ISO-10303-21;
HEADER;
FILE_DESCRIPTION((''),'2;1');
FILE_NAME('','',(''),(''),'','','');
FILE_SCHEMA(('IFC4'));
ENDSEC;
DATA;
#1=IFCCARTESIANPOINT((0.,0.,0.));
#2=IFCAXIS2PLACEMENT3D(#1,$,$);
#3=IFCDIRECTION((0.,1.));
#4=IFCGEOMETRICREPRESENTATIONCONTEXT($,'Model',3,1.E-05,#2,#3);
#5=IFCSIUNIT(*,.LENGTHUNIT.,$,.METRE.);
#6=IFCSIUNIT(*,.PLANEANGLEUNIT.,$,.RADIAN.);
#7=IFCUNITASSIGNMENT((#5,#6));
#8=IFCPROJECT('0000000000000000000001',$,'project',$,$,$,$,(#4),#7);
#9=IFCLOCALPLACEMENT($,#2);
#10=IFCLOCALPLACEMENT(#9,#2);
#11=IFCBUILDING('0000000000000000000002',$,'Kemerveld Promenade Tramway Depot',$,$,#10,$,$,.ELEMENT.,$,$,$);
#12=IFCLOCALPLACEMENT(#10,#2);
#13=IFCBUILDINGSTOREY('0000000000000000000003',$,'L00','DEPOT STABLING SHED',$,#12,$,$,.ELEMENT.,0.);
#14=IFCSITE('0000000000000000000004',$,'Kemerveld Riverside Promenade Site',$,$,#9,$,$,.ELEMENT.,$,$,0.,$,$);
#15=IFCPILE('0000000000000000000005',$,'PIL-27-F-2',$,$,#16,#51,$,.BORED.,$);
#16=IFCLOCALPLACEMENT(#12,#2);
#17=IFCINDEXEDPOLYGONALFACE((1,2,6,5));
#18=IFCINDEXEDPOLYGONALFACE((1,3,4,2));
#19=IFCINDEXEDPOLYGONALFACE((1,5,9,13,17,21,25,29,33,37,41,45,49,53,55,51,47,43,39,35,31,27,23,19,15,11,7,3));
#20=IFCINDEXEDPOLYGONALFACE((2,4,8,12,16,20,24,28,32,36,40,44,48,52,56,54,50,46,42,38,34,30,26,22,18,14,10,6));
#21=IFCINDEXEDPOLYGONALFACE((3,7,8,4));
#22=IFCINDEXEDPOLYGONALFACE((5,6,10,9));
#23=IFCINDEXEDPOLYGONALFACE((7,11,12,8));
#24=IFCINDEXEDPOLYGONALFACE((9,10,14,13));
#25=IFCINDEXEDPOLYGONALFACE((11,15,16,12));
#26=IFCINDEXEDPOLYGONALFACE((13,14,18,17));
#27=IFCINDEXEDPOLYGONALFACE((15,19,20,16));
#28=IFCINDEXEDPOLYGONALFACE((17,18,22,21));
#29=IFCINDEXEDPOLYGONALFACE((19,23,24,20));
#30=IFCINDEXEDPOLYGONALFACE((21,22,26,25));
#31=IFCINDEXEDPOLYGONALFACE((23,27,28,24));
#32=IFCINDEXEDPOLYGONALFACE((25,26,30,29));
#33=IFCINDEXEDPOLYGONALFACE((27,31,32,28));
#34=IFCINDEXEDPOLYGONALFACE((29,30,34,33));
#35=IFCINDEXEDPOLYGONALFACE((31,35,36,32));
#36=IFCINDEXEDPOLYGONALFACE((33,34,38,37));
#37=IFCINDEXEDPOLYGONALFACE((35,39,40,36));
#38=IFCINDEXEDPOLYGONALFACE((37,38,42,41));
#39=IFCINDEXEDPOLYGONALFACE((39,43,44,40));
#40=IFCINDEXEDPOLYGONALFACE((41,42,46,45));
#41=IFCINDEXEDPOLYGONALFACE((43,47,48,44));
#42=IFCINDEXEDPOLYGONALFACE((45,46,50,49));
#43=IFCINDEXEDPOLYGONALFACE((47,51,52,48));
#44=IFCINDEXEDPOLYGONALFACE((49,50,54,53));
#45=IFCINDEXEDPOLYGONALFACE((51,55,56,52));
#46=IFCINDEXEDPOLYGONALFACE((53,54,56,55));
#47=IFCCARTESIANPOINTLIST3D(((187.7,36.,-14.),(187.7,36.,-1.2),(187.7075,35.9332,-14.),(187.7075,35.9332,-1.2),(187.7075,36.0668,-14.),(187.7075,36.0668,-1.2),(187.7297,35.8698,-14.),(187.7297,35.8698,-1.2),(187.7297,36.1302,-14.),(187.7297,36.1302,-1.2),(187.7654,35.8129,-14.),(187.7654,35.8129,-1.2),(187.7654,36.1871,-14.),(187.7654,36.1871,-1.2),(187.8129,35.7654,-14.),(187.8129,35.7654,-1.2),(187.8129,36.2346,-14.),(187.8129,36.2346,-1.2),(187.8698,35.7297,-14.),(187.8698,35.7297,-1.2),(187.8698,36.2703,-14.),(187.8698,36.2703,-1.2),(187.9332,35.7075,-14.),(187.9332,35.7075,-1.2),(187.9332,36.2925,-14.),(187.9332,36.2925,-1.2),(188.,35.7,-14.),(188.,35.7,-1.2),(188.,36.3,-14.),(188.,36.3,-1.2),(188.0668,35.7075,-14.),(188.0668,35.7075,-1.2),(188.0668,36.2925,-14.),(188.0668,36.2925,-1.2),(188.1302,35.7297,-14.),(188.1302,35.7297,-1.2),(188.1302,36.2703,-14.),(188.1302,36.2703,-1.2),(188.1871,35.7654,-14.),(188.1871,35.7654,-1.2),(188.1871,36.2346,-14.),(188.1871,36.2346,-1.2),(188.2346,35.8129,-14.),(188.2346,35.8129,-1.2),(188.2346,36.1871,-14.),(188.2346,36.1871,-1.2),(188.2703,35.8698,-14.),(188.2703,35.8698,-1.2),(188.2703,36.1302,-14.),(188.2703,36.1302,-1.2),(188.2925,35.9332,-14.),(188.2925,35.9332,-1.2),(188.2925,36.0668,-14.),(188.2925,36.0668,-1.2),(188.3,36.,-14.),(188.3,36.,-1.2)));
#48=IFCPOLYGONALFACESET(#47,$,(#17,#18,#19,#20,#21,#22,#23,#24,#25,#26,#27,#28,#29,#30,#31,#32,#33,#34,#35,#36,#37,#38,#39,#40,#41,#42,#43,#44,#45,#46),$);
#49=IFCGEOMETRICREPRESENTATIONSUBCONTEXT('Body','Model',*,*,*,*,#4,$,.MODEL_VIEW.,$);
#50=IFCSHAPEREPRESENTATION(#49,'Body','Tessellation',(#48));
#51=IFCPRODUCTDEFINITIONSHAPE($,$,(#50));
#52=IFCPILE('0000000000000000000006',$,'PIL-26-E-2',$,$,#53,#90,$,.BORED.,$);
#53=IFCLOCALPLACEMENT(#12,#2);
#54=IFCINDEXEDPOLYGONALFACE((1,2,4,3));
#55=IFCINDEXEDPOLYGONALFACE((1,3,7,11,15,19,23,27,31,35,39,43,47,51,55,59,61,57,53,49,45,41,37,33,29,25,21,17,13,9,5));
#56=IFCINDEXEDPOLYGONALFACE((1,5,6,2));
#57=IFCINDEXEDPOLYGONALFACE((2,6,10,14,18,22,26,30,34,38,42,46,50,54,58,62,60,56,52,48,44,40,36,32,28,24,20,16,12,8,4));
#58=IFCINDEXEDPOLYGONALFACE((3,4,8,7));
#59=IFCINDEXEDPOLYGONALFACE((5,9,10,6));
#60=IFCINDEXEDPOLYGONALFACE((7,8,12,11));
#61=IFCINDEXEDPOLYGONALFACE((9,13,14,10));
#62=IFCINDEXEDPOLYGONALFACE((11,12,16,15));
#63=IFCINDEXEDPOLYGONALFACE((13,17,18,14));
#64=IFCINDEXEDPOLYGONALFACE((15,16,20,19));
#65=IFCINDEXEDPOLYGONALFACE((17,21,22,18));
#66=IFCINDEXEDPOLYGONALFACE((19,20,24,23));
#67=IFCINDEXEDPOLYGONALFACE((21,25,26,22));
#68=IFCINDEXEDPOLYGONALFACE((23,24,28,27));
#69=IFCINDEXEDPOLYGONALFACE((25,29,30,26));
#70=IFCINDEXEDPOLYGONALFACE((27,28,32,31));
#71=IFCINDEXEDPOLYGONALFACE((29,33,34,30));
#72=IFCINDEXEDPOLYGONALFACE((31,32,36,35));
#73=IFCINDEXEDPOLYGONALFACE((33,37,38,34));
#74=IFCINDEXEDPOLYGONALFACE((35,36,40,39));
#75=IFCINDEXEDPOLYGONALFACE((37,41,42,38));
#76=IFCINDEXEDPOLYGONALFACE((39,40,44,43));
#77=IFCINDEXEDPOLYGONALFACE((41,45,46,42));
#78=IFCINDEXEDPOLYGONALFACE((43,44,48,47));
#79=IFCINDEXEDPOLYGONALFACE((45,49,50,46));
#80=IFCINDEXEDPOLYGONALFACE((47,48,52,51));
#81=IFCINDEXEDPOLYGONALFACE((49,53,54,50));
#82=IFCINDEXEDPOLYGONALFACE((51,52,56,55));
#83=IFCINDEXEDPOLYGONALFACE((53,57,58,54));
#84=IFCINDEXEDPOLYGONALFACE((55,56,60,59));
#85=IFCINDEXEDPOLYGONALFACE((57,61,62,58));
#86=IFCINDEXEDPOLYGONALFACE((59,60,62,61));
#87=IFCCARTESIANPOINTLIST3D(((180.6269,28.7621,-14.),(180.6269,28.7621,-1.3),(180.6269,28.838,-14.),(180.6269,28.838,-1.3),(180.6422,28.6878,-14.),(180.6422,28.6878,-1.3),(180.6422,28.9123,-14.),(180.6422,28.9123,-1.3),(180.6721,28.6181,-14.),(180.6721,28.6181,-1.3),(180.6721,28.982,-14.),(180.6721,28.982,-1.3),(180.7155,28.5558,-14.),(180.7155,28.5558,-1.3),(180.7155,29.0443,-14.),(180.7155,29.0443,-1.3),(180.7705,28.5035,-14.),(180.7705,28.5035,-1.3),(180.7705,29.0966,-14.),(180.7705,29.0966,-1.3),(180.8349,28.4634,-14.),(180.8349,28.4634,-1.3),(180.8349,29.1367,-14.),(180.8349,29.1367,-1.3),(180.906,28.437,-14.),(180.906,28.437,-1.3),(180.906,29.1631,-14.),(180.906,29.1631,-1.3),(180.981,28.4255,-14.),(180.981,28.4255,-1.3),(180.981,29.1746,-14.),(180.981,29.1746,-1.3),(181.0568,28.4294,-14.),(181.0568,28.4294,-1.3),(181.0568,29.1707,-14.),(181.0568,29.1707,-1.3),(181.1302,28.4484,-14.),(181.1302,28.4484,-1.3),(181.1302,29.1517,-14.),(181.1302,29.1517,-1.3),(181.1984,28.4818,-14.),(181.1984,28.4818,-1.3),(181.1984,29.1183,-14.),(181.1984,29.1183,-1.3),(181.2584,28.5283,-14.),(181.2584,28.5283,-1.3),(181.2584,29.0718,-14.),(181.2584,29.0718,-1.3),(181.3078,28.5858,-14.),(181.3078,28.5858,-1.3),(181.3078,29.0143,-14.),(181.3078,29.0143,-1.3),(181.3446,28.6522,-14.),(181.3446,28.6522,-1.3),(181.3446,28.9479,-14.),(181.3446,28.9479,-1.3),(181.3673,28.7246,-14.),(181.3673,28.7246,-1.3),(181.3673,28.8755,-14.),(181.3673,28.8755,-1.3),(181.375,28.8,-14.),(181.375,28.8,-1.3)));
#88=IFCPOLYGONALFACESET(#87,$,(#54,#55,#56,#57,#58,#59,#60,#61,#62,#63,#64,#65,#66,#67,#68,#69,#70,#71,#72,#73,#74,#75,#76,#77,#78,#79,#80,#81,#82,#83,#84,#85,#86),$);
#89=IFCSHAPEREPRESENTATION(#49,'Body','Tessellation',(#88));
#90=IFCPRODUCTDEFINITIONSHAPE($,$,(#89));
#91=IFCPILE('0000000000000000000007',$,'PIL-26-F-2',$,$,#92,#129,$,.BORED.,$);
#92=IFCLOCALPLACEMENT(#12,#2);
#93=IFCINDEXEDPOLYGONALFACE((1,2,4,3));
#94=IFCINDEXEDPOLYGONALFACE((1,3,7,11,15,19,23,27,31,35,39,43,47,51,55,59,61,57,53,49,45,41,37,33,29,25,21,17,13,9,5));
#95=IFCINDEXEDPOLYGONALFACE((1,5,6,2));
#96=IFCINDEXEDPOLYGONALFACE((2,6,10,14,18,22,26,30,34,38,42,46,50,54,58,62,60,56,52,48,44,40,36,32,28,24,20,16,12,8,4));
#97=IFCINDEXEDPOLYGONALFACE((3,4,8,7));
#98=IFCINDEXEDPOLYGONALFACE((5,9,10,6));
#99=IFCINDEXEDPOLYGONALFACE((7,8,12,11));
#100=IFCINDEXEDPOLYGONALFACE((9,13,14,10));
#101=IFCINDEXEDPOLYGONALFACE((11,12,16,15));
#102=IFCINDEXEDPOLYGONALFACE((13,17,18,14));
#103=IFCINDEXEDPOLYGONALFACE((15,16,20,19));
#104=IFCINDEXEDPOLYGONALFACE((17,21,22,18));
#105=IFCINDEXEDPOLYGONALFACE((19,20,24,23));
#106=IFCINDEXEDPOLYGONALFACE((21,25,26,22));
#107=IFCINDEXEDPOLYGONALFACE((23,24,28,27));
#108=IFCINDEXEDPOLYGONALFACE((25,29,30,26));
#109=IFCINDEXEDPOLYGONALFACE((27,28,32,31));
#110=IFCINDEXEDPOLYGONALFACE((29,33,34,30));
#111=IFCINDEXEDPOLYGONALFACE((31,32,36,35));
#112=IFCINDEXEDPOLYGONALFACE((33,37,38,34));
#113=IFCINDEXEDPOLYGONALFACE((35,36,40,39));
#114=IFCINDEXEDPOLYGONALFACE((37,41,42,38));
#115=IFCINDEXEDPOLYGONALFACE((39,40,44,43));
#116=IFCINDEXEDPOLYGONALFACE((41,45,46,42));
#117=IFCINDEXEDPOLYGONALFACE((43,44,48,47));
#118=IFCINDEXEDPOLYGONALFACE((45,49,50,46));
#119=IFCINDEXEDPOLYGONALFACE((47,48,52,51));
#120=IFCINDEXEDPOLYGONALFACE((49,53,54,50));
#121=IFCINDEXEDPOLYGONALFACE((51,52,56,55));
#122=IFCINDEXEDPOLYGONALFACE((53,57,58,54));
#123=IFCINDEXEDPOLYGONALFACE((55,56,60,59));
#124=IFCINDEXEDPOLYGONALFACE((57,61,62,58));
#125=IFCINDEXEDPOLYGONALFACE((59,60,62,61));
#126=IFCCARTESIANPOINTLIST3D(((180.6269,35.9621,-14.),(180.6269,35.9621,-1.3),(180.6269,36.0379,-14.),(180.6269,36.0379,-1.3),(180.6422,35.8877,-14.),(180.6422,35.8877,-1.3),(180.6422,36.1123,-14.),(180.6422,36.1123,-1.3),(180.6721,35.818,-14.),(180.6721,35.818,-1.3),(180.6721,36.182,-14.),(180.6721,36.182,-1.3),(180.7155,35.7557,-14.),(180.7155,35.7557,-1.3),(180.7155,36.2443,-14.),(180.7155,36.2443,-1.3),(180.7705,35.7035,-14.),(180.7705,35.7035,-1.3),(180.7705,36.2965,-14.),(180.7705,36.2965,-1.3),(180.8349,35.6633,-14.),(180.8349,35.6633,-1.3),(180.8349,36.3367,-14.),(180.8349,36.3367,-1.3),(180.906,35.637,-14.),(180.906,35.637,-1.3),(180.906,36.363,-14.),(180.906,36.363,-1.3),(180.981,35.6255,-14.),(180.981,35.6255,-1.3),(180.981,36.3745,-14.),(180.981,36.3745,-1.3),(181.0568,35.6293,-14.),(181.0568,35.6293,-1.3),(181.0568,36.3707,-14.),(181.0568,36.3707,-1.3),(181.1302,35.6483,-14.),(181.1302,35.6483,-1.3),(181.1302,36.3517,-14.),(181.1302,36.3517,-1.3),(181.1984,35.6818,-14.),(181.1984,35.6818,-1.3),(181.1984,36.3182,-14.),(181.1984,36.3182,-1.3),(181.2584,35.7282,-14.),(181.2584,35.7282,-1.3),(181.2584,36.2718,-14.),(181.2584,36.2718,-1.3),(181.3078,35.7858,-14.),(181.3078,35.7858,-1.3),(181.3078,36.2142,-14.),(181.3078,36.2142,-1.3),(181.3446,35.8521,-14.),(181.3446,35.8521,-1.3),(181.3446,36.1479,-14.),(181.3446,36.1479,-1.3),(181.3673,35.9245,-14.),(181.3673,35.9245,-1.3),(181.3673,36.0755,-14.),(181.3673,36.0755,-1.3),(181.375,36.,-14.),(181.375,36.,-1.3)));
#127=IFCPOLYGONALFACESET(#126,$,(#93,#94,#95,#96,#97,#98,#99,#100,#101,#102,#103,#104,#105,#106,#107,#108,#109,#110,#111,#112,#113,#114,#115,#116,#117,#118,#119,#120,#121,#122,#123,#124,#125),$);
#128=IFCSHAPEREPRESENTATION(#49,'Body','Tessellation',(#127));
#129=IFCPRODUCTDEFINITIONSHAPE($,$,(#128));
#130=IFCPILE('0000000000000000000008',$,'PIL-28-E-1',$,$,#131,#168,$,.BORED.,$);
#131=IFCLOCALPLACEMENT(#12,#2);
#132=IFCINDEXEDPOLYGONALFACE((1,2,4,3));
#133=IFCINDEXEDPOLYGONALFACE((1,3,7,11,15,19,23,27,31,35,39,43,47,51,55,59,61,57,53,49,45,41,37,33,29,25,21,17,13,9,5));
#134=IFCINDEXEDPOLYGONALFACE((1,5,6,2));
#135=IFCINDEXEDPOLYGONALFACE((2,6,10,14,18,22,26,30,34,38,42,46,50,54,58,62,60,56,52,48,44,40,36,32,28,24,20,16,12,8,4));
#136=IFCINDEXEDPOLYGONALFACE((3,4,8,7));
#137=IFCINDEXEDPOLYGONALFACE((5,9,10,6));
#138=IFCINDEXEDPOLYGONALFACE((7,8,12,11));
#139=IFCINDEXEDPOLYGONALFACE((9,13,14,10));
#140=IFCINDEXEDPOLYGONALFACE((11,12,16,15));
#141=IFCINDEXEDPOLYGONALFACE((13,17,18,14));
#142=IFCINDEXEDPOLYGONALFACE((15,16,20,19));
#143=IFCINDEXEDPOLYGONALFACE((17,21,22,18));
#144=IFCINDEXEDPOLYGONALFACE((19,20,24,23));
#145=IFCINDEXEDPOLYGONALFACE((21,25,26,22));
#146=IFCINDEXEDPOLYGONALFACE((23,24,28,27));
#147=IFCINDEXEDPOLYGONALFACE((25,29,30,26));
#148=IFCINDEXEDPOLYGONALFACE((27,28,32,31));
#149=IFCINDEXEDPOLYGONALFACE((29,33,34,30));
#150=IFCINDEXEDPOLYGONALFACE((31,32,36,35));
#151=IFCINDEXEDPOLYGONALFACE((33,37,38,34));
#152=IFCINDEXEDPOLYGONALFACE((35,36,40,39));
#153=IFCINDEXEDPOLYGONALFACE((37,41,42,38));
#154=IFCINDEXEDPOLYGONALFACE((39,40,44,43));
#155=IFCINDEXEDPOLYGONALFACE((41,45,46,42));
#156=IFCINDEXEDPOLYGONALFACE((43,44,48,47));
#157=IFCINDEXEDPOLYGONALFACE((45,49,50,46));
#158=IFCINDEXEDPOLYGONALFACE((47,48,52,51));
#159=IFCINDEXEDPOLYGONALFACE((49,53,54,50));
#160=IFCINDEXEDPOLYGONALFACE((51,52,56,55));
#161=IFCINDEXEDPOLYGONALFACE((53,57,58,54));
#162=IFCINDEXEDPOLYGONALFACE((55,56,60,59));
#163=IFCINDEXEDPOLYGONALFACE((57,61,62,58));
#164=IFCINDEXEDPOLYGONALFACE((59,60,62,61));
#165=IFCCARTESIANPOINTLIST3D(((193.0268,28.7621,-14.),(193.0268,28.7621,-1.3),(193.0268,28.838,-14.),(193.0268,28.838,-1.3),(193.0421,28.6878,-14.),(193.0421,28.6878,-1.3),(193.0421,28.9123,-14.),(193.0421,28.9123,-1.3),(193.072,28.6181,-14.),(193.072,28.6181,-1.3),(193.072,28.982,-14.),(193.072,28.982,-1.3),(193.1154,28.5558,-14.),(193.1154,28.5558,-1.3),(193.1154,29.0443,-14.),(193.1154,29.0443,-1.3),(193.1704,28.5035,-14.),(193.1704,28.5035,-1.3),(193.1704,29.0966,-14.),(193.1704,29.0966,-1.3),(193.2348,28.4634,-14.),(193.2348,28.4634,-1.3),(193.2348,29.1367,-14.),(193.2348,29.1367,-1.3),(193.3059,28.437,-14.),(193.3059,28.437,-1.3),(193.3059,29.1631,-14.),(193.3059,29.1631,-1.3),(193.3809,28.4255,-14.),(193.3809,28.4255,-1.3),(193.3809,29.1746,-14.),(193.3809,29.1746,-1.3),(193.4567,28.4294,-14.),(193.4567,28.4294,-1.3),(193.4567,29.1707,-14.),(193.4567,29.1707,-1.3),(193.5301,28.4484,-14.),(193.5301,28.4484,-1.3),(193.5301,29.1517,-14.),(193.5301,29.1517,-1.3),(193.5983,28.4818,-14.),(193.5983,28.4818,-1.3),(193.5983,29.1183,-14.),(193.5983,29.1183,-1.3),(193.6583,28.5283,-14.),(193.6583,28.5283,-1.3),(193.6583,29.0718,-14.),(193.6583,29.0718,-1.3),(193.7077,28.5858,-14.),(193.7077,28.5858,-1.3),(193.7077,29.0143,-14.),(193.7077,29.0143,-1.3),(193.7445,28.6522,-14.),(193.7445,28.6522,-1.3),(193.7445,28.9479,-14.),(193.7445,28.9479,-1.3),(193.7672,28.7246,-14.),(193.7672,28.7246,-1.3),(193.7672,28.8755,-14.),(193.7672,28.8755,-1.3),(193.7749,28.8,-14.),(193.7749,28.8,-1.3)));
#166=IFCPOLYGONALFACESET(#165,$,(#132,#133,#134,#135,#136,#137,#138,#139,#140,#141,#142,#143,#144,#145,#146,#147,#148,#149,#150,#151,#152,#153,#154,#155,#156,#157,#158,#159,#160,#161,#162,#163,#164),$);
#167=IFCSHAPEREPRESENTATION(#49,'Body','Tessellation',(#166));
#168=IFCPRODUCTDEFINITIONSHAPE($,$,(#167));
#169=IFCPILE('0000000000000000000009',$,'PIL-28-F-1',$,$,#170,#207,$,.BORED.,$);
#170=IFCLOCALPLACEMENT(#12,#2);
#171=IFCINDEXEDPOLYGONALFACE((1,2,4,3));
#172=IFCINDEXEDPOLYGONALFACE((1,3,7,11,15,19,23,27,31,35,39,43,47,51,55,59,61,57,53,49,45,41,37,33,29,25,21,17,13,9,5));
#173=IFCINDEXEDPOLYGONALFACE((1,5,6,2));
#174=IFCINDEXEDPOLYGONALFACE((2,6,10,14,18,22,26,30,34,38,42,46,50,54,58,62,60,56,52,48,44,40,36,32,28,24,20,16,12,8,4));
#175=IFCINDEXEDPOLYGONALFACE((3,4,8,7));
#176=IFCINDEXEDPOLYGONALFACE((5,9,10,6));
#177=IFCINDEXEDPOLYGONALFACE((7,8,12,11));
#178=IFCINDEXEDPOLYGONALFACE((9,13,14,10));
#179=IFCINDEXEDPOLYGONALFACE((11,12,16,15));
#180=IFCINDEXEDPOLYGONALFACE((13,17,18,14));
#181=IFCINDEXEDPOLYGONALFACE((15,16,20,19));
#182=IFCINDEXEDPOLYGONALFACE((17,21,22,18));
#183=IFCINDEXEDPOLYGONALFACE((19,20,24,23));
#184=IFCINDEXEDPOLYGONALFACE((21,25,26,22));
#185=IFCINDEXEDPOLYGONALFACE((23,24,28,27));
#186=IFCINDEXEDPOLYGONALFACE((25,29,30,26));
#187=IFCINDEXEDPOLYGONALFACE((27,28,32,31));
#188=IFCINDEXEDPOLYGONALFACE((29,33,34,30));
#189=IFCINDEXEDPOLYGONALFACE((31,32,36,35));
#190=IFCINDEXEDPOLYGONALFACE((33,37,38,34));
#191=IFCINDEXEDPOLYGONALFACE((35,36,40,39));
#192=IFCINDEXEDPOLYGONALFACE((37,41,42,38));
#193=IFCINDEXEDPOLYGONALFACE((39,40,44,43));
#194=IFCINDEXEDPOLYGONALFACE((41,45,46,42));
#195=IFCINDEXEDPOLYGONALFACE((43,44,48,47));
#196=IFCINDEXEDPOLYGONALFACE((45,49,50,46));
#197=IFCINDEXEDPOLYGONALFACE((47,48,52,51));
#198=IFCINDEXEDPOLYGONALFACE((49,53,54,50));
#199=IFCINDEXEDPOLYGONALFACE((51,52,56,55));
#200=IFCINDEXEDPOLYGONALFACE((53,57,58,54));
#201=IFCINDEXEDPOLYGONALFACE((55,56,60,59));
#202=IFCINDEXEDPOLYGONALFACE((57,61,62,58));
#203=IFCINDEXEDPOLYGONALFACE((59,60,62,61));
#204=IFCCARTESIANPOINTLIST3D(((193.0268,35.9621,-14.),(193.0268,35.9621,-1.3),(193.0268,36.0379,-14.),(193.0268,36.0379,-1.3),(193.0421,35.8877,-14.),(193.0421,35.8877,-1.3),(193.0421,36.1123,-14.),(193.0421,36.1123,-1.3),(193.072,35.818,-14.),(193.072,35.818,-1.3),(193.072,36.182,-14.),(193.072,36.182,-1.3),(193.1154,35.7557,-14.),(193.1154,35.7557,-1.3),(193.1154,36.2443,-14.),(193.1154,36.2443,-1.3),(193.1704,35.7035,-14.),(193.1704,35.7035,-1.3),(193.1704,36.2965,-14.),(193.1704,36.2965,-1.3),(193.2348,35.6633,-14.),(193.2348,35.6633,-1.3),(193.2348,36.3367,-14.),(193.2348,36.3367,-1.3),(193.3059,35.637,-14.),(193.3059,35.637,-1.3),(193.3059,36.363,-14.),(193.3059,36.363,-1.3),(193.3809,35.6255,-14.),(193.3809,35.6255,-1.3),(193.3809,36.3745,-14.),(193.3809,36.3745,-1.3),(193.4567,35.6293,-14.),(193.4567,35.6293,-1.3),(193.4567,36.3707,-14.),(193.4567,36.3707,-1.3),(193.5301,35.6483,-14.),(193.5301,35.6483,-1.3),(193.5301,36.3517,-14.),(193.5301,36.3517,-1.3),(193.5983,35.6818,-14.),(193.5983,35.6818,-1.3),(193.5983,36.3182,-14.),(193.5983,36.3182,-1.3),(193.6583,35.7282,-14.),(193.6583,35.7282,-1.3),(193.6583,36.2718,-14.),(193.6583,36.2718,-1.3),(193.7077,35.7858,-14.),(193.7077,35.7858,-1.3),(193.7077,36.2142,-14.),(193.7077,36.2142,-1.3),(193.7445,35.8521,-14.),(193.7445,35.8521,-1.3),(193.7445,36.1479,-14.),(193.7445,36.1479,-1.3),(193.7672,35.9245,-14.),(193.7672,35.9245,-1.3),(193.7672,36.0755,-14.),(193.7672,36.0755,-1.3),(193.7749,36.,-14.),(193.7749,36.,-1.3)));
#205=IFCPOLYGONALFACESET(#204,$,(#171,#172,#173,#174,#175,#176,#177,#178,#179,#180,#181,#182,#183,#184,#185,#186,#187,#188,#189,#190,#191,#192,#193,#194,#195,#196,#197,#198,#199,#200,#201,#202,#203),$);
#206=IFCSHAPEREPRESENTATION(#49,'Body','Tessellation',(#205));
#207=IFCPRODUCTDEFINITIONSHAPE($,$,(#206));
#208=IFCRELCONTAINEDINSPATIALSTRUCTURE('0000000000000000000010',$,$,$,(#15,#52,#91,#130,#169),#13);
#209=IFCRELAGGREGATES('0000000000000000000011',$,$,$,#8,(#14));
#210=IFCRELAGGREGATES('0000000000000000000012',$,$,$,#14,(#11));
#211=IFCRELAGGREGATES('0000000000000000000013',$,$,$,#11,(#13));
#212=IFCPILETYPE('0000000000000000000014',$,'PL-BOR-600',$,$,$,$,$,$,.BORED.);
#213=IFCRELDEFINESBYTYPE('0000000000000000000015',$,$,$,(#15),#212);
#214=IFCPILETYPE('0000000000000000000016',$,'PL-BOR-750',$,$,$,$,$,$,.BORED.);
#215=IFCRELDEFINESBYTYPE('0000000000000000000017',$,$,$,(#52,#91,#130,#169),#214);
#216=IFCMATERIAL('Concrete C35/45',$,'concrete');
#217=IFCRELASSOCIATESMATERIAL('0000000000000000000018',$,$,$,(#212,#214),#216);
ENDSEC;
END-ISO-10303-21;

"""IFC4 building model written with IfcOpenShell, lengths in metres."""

from ifc_helpers import new_model, si_unit, direction, frame, origin, origin_2d, place, context, subcontext, project, spatial, circle, extrude, material, material_profile, profile_set, type_object, element, save


model = new_model("IFC4")

# Units and contexts
model_context = context("Model", 3, precision=1e-05, world=origin(), true_north=direction((0.0, 1.0)))
body_context = subcontext(model_context, "Body", "Model", "MODEL_VIEW")
ifc_project = project(units=[si_unit("LENGTHUNIT", "METRE"), si_unit("PLANEANGLEUNIT", "RADIAN")], contexts=[model_context])

# Site, building, storey
site_placement = place(None, origin())
site = spatial("IfcSite", under=ifc_project, at=site_placement, Name="Kemerveld Riverside Promenade Site", CompositionType="ELEMENT", RefElevation=0.0)
building_placement = place(site_placement, origin())
building = spatial("IfcBuilding", under=site, at=building_placement, Name="Kemerveld Promenade Tramway Depot", CompositionType="ELEMENT")
storey_placement = place(building_placement, origin())
storey = spatial("IfcBuildingStorey", under=building, at=storey_placement, Name="L00", Description="DEPOT STABLING SHED", CompositionType="ELEMENT", Elevation=0.0)

# Shared definitions
ifc_material_1 = material(Name="Concrete C35/45", Category="concrete")

# Piles
ifc_material_profile_1 = material_profile(ifc_material_1, circle(Radius=0.3, at=origin_2d()), Name="PILE-D600")
ifc_profile_set_1 = profile_set([ifc_material_profile_1], Name="Concrete C35/45")
pile_type_1 = type_object("IfcPileType", Name="PL-BOR-600", PredefinedType="BORED", material=ifc_profile_set_1)
for number, where, z_axis, x_axis, name in (
    (1, (188.0, 36.0, -1.2), (0.0, 0.0, -1.0), (1.0, 0.0, 0.0), "PIL-27-F-2"),
):
    element("IfcPile", number, at=place(storey_placement, frame(where, z_axis=z_axis, x_axis=x_axis)), inside=storey, type_object=pile_type_1, Name=name, PredefinedType="BORED", context=body_context, shape_type="SweptSolid", body=[
        extrude(circle(Radius=0.3, at=origin_2d()), origin(), (0.0, 0.0, 1.0), 12.8),
    ])
ifc_material_profile_2 = material_profile(ifc_material_1, circle(Radius=0.375, at=origin_2d()), Name="PILE-D750")
ifc_profile_set_2 = profile_set([ifc_material_profile_2], Name="Concrete C35/45")
pile_type_2 = type_object("IfcPileType", Name="PL-BOR-750", PredefinedType="BORED", material=ifc_profile_set_2)
for number, where, z_axis, x_axis, name in (
    (2, (181.0, 28.8, -1.3), (0.0, 0.0, -1.0), (1.0, 0.0, 0.0), "PIL-26-E-2"),
    (3, (181.0, 36.0, -1.3), (0.0, 0.0, -1.0), (1.0, 0.0, 0.0), "PIL-26-F-2"),
    (4, (193.3999, 28.8, -1.3), (0.0, 0.0, -1.0), (1.0, 0.0, 0.0), "PIL-28-E-1"),
    (5, (193.3999, 36.0, -1.3), (0.0, 0.0, -1.0), (1.0, 0.0, 0.0), "PIL-28-F-1"),
):
    element("IfcPile", number, at=place(storey_placement, frame(where, z_axis=z_axis, x_axis=x_axis)), inside=storey, type_object=pile_type_2, Name=name, PredefinedType="BORED", context=body_context, shape_type="SweptSolid", body=[
        extrude(circle(Radius=0.375, at=origin_2d()), origin(), (0.0, 0.0, 1.0), 12.7),
    ])

save(model, "model.ifc")
